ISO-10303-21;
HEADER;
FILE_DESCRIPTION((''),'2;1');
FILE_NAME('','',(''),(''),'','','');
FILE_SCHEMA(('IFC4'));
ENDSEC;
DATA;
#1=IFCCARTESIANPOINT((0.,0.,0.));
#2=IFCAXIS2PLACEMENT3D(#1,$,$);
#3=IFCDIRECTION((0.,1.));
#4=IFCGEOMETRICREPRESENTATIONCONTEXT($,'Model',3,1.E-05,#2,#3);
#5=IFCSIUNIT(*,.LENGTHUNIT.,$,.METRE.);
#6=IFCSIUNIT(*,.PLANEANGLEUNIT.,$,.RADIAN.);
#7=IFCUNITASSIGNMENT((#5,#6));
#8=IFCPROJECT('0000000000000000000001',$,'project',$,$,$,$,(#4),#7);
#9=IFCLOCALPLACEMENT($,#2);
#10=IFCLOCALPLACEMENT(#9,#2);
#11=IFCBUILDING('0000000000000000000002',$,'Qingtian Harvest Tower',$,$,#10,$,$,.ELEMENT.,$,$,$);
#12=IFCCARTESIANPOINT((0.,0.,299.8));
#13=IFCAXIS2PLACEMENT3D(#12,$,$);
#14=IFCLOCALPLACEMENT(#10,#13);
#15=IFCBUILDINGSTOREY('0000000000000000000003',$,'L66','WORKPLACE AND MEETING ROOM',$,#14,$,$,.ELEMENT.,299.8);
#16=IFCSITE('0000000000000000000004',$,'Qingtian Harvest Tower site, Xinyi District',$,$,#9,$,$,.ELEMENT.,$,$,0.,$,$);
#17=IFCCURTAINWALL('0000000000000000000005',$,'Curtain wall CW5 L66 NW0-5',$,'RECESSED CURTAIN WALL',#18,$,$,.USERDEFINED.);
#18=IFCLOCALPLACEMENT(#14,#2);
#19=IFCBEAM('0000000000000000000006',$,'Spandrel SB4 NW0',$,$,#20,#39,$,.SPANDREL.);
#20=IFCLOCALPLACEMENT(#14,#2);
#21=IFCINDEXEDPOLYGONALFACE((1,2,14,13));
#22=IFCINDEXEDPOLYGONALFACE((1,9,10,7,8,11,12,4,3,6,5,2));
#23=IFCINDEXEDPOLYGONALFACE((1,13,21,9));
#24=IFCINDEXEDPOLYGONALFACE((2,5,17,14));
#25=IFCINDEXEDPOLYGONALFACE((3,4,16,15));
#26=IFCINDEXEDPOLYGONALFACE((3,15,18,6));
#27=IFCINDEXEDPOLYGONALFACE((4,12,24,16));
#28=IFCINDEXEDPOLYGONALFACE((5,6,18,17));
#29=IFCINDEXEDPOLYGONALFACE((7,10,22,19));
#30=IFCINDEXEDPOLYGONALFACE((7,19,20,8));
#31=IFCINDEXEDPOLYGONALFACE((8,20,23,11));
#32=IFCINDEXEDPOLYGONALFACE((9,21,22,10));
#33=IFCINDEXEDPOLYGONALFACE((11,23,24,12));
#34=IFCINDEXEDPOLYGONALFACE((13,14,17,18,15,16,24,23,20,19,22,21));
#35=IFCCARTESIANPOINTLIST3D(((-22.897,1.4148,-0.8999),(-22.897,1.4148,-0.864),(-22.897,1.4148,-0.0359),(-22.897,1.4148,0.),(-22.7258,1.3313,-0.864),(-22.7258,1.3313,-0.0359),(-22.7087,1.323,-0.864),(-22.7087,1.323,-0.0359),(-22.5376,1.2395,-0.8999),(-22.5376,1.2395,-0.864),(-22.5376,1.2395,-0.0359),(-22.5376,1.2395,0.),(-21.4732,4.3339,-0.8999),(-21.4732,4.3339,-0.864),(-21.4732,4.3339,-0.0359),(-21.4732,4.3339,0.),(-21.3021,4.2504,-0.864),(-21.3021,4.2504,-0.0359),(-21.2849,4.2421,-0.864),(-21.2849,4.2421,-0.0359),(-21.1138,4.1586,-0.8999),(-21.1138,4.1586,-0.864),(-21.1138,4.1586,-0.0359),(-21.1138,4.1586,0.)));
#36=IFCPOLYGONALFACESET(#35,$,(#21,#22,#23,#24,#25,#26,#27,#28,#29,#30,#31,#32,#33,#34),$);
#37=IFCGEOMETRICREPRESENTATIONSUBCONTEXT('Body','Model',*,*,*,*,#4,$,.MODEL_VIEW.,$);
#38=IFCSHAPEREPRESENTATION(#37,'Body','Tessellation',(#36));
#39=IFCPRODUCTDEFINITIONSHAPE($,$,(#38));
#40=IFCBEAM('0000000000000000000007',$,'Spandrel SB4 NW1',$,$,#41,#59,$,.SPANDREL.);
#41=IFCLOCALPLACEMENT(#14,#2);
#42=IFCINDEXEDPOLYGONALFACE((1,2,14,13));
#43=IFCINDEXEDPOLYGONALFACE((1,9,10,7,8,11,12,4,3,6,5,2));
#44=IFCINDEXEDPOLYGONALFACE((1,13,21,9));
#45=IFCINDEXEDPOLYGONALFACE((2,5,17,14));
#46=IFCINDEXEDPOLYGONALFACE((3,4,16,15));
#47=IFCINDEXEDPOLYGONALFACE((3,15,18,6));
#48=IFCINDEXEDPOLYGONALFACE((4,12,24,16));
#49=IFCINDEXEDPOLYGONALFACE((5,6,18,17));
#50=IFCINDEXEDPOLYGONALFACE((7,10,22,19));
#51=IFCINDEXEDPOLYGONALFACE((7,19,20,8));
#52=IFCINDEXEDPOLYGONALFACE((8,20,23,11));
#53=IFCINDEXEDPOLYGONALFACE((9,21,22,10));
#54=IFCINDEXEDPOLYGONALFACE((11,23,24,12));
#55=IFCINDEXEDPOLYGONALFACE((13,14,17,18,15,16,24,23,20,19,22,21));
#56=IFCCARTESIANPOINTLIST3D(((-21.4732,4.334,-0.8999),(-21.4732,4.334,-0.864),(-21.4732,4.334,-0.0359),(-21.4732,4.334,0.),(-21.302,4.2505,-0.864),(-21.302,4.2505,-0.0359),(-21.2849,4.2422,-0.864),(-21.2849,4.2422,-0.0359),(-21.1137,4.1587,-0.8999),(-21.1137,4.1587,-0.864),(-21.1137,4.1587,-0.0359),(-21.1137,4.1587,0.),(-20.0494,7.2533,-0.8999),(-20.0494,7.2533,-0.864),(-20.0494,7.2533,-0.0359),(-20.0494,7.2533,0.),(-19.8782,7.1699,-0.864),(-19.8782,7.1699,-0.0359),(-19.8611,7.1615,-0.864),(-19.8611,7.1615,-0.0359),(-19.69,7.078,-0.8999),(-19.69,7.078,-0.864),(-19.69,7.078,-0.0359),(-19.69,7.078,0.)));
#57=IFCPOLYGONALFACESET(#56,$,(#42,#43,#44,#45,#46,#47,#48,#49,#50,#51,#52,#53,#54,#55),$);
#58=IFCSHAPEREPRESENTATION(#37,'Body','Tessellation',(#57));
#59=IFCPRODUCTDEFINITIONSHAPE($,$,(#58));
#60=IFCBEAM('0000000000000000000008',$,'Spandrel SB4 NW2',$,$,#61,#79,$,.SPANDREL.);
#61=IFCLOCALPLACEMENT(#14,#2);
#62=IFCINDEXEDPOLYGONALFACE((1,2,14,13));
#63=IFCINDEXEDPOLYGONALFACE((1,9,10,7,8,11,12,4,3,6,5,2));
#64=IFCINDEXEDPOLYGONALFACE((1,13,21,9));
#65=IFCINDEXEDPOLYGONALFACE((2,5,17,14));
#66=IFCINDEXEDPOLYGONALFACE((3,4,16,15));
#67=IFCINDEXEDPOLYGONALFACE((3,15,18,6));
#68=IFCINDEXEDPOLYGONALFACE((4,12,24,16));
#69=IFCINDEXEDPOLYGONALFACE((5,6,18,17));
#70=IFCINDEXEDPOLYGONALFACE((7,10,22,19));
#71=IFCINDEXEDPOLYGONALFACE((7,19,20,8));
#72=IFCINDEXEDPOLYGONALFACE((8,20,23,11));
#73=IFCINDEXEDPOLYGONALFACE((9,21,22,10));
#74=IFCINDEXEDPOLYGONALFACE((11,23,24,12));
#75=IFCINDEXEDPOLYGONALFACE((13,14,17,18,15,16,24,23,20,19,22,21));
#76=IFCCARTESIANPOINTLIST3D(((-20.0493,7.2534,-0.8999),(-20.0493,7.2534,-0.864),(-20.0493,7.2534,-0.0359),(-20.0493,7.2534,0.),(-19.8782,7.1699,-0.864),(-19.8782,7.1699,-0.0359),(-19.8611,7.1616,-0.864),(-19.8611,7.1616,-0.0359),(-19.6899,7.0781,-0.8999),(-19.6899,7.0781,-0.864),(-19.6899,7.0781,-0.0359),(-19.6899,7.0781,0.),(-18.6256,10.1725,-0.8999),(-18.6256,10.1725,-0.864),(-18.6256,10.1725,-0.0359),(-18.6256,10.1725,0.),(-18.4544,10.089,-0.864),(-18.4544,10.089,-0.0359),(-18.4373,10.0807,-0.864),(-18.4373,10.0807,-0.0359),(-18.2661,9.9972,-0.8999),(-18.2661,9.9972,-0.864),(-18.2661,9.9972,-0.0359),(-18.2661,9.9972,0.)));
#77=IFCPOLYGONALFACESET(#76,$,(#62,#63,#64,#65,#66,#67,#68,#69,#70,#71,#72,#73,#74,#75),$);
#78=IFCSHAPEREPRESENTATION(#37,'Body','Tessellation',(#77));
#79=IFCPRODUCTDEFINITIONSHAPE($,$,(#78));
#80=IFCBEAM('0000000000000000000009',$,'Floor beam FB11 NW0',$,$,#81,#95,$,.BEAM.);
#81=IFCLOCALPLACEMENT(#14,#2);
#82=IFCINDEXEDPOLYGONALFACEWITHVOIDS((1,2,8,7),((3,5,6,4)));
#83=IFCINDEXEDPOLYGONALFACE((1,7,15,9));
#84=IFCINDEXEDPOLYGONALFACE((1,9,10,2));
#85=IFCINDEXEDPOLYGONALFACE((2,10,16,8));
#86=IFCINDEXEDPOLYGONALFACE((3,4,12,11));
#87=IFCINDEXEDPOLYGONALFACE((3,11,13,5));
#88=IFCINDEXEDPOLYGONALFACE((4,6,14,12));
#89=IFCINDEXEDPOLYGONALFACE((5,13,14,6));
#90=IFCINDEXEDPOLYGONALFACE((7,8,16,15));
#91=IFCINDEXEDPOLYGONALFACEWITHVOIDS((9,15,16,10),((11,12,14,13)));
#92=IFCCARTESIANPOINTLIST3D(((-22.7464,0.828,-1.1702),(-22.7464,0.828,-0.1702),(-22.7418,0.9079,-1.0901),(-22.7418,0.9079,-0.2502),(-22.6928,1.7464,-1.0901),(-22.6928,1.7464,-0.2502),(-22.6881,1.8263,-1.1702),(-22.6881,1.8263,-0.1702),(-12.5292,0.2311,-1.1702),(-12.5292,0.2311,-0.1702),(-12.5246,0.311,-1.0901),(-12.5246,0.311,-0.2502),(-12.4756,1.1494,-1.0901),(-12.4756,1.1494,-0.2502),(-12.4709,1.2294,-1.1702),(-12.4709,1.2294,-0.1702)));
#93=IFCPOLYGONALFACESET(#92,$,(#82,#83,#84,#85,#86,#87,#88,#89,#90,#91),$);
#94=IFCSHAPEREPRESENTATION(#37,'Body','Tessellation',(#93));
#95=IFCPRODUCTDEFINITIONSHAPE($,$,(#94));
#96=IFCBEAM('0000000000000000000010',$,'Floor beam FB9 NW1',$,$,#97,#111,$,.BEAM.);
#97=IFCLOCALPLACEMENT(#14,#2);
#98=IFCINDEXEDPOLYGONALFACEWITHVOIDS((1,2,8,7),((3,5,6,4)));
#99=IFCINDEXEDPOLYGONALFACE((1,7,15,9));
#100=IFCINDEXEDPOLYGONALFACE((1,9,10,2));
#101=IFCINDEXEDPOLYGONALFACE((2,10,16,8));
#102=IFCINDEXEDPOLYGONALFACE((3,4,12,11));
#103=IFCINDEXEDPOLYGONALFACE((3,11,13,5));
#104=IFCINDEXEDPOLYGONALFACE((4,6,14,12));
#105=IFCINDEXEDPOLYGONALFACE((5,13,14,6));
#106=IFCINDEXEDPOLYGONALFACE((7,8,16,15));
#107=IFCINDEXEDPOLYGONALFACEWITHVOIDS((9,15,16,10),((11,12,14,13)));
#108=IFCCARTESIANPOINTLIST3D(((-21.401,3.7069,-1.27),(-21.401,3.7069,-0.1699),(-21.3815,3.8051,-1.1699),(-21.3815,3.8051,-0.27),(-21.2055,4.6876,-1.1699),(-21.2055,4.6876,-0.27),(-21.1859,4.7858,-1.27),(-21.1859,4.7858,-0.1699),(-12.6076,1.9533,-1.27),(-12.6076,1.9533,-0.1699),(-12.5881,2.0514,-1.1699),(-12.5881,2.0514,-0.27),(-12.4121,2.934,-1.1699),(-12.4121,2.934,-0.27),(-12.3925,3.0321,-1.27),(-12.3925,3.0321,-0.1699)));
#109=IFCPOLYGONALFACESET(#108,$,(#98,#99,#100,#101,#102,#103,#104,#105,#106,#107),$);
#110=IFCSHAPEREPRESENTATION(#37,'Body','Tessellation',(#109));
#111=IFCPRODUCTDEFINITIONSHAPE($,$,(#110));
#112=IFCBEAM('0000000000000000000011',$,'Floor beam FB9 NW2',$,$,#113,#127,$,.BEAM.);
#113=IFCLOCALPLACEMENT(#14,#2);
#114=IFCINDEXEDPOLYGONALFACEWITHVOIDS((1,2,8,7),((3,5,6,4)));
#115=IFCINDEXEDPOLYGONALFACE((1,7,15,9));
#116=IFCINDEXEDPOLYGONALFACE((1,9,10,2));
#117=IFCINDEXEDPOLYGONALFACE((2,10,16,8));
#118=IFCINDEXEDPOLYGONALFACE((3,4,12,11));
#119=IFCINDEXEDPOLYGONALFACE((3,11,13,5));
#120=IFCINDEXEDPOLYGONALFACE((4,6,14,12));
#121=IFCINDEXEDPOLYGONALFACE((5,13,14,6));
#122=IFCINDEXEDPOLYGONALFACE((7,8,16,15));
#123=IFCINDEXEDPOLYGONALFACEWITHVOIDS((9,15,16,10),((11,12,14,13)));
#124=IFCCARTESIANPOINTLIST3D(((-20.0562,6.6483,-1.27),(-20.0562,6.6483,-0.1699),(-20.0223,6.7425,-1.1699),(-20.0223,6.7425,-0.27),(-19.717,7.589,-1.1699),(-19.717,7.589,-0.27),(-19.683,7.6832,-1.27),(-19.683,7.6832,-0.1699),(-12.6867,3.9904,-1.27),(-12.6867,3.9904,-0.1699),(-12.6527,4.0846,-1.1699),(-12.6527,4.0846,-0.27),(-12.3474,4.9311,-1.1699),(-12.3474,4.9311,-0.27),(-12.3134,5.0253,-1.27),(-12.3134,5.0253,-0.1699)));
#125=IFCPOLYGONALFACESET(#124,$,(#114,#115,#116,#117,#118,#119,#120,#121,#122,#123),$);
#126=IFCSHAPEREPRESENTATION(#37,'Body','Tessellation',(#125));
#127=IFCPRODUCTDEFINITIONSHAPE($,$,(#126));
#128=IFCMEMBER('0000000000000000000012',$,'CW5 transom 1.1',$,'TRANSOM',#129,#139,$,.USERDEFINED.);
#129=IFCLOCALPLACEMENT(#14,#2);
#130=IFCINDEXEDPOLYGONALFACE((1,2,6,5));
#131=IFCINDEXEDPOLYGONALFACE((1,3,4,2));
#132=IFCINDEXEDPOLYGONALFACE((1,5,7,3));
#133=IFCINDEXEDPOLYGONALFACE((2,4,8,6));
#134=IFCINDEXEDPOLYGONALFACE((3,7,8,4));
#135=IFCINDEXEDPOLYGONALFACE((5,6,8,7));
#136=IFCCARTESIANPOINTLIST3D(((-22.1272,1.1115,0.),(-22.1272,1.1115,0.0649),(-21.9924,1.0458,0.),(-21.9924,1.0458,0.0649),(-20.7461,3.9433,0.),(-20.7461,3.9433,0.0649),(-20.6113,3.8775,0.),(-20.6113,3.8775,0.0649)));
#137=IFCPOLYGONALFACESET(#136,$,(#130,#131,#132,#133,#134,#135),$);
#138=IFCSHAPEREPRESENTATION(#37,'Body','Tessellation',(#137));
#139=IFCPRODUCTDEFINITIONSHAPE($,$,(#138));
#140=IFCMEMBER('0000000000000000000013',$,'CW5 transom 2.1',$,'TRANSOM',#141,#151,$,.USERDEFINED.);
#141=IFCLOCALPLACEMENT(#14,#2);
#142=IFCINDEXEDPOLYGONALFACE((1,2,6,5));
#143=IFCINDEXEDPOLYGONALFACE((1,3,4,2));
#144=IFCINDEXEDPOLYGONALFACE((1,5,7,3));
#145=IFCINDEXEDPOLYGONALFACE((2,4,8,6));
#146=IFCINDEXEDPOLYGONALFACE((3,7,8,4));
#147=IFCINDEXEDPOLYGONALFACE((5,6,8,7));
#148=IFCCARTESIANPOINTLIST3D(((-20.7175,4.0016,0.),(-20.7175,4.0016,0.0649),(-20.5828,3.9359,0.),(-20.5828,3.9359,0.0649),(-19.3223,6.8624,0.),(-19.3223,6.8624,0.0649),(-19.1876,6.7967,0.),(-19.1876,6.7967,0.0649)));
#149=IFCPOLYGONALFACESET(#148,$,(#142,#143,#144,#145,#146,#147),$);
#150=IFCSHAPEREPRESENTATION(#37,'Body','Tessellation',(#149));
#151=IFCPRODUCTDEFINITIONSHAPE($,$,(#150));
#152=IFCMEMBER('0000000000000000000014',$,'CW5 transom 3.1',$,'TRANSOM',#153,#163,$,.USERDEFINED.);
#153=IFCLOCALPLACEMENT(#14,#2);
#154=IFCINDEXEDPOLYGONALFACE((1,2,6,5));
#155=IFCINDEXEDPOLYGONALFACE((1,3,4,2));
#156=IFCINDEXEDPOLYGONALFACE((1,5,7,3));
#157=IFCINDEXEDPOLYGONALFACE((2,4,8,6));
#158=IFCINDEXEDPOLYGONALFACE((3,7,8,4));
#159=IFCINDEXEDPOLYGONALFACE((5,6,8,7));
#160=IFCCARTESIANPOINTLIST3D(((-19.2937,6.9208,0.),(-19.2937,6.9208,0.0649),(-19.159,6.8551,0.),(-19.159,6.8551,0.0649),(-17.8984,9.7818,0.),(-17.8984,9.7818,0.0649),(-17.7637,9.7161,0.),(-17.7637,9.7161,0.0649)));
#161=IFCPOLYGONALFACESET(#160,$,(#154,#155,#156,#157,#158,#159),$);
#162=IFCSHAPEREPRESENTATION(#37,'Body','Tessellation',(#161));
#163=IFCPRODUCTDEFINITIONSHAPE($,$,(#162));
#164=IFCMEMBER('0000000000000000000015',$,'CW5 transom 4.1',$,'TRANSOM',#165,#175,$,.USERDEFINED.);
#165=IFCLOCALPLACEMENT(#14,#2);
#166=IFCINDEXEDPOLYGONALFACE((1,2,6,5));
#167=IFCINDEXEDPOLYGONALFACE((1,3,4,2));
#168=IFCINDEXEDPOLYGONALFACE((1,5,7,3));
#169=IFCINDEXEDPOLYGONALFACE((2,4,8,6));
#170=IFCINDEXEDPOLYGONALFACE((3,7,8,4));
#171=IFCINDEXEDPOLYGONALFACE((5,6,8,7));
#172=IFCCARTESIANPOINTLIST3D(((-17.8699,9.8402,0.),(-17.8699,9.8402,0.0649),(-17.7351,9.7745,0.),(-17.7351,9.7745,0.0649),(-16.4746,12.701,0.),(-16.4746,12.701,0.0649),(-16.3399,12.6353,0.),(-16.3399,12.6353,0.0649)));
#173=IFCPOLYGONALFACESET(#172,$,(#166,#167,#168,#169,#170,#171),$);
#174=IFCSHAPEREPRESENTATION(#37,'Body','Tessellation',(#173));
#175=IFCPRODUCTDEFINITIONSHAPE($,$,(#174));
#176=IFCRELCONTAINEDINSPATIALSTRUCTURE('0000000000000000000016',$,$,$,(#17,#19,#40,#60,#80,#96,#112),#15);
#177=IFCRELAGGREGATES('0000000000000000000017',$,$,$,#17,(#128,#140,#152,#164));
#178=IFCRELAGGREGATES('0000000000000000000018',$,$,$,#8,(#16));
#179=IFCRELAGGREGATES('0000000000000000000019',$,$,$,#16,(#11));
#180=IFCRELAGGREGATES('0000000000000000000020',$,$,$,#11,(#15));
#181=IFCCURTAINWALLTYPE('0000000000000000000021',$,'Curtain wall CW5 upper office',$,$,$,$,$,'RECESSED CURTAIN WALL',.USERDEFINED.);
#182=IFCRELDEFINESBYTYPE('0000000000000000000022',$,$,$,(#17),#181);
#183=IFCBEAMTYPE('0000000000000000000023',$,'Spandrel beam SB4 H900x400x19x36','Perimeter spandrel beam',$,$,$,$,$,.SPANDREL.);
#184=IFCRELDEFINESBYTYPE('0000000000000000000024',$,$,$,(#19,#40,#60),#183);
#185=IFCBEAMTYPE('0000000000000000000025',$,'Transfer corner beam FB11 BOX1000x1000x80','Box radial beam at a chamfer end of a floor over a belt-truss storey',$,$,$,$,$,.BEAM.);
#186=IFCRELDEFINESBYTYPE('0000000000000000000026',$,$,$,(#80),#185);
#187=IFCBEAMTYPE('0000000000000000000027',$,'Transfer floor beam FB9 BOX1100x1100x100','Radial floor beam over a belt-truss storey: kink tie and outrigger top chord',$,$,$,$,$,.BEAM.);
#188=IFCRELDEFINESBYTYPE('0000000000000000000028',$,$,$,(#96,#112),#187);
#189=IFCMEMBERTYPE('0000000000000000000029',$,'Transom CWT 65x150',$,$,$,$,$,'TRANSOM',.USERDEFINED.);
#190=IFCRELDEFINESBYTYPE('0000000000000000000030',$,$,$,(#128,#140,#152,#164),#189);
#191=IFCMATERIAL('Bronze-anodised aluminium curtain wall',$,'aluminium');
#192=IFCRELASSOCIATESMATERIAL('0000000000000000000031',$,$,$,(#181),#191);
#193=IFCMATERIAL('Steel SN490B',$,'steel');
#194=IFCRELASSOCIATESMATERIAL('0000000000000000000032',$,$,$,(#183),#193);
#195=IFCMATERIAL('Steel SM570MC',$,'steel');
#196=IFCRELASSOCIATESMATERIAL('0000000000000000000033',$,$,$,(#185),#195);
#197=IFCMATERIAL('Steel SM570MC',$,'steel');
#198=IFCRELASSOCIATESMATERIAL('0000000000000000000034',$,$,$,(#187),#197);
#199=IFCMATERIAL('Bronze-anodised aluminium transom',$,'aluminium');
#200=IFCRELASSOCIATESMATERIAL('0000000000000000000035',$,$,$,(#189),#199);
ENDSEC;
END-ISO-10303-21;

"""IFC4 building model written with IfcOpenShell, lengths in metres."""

from ifc_helpers import new_model, si_unit, direction, frame, origin, origin_2d, place, context, subcontext, project, spatial, rectangle, hollow_rectangle, i_section, extrude, material, material_profile, profile_set, type_object, element, aggregate, save


model = new_model("IFC4")

# Units and contexts
model_context = context("Model", 3, precision=1e-05, world=origin(), true_north=direction((0.0, 1.0)))
body_context = subcontext(model_context, "Body", "Model", "MODEL_VIEW")
ifc_project = project(units=[si_unit("LENGTHUNIT", "METRE"), si_unit("PLANEANGLEUNIT", "RADIAN")], contexts=[model_context])

# Site, building, storey
site_placement = place(None, origin())
site = spatial("IfcSite", under=ifc_project, at=site_placement, Name="Qingtian Harvest Tower site, Xinyi District", CompositionType="ELEMENT", RefElevation=0.0)
building_placement = place(site_placement, origin())
building = spatial("IfcBuilding", under=site, at=building_placement, Name="Qingtian Harvest Tower", CompositionType="ELEMENT")
storey_placement = place(building_placement, frame((0.0, 0.0, 299.8)))
storey = spatial("IfcBuildingStorey", under=building, at=storey_placement, Name="L66", Description="WORKPLACE AND MEETING ROOM", CompositionType="ELEMENT", Elevation=299.8)

# Shared definitions
ifc_material_1 = material(Name="Bronze-anodised aluminium curtain wall", Category="aluminium")
curtain_wall_type = type_object("IfcCurtainWallType", Name="Curtain wall CW5 upper office", ElementType="RECESSED CURTAIN WALL", PredefinedType="USERDEFINED", material=ifc_material_1)

# Curtain wall
curtain_wall_1_placement = place(storey_placement, origin())
curtain_wall_1 = element("IfcCurtainWall", 1, at=curtain_wall_1_placement, inside=storey, type_object=curtain_wall_type, Name="Curtain wall CW5 L66 NW0-5", ObjectType="RECESSED CURTAIN WALL", PredefinedType="USERDEFINED")

# Beams
ifc_material_2 = material(Name="Steel SN490B", Category="steel")
ifc_material_profile_1 = material_profile(ifc_material_2, i_section(OverallWidth=0.3999, OverallDepth=0.8999, WebThickness=0.019, FlangeThickness=0.0359, at=origin_2d()), Name="H900x400x19x36")
ifc_profile_set_1 = profile_set([ifc_material_profile_1], Name="Steel SN490B")
beam_type_1 = type_object("IfcBeamType", Name="Spandrel beam SB4 H900x400x19x36", Description="Perimeter spandrel beam", PredefinedType="SPANDREL", material=ifc_profile_set_1)
beam_1_placement = place(storey_placement, frame((-22.7173, 1.3271, -0.45), z_axis=(0.438382, 0.898789, 0.0), x_axis=(-0.898789, 0.438382, 0.0)))
element("IfcBeam", 2, at=beam_1_placement, inside=storey, type_object=beam_type_1, Name="Spandrel SB4 NW0", PredefinedType="SPANDREL", context=body_context, shape_type="SweptSolid", body=[
    extrude(i_section(OverallWidth=0.3999, OverallDepth=0.8999, WebThickness=0.019, FlangeThickness=0.0359, at=origin_2d()), origin(), (0.0, 0.0, 1.0), 3.2478),
])
beam_2_placement = place(storey_placement, frame((-21.2935, 4.2463, -0.45), z_axis=(0.438353, 0.898803, 0.0), x_axis=(-0.898803, 0.438353, 0.0)))
element("IfcBeam", 3, at=beam_2_placement, inside=storey, type_object=beam_type_1, Name="Spandrel SB4 NW1", PredefinedType="SPANDREL", context=body_context, shape_type="SweptSolid", body=[
    extrude(i_section(OverallWidth=0.3999, OverallDepth=0.8999, WebThickness=0.019, FlangeThickness=0.0359, at=origin_2d()), origin(), (0.0, 0.0, 1.0), 3.248),
])
beam_3_placement = place(storey_placement, frame((-19.8696, 7.1658, -0.45), z_axis=(0.438382, 0.898789, 0.0), x_axis=(-0.898789, 0.438382, 0.0)))
element("IfcBeam", 4, at=beam_3_placement, inside=storey, type_object=beam_type_1, Name="Spandrel SB4 NW2", PredefinedType="SPANDREL", context=body_context, shape_type="SweptSolid", body=[
    extrude(i_section(OverallWidth=0.3999, OverallDepth=0.8999, WebThickness=0.019, FlangeThickness=0.0359, at=origin_2d()), origin(), (0.0, 0.0, 1.0), 3.2478),
])
ifc_material_3 = material(Name="Steel SM570MC", Category="steel")
ifc_material_profile_2 = material_profile(ifc_material_3, hollow_rectangle(XDim=1.0, YDim=1.0, WallThickness=0.0801, at=origin_2d()), Name="BOX1000x1000x80")
ifc_profile_set_2 = profile_set([ifc_material_profile_2], Name="Steel SM570MC")
beam_type_2 = type_object("IfcBeamType", Name="Transfer corner beam FB11 BOX1000x1000x80", Description="Box radial beam at a chamfer end of a floor over a belt-truss storey", PredefinedType="BEAM", material=ifc_profile_set_2)
beam_4_placement = place(storey_placement, frame((-22.7173, 1.3271, -0.6702), z_axis=(0.998298, -0.058323, 0.0), x_axis=(0.058323, 0.998298, 0.0)))
element("IfcBeam", 5, at=beam_4_placement, inside=storey, type_object=beam_type_2, Name="Floor beam FB11 NW0", PredefinedType="BEAM", context=body_context, shape_type="SweptSolid", body=[
    extrude(hollow_rectangle(XDim=1.0, YDim=1.0, WallThickness=0.0801, at=origin_2d()), origin(), (0.0, 0.0, 1.0), 10.2346),
])
ifc_material_4 = material(Name="Steel SM570MC", Category="steel")
ifc_material_profile_3 = material_profile(ifc_material_4, hollow_rectangle(XDim=1.1001, YDim=1.1001, WallThickness=0.1001, at=origin_2d()), Name="BOX1100x1100x100")
ifc_profile_set_3 = profile_set([ifc_material_profile_3], Name="Steel SM570MC")
beam_type_3 = type_object("IfcBeamType", Name="Transfer floor beam FB9 BOX1100x1100x100", Description="Radial floor beam over a belt-truss storey: kink tie and outrigger top chord", PredefinedType="BEAM", material=ifc_profile_set_3)
beam_5_placement = place(storey_placement, frame((-21.2935, 4.2463, -0.72), z_axis=(0.980688, -0.195577, 0.0), x_axis=(0.195577, 0.980688, 0.0)))
element("IfcBeam", 6, at=beam_5_placement, inside=storey, type_object=beam_type_3, Name="Floor beam FB9 NW1", PredefinedType="BEAM", context=body_context, shape_type="SweptSolid", body=[
    extrude(hollow_rectangle(XDim=1.1001, YDim=1.1001, WallThickness=0.1001, at=origin_2d()), origin(), (0.0, 0.0, 1.0), 8.9666),
])
beam_6_placement = place(storey_placement, frame((-19.8696, 7.1658, -0.72), z_axis=(0.940688, -0.339272, 0.0), x_axis=(0.339272, 0.940688, 0.0)))
element("IfcBeam", 7, at=beam_6_placement, inside=storey, type_object=beam_type_3, Name="Floor beam FB9 NW2", PredefinedType="BEAM", context=body_context, shape_type="SweptSolid", body=[
    extrude(hollow_rectangle(XDim=1.1001, YDim=1.1001, WallThickness=0.1001, at=origin_2d()), origin(), (0.0, 0.0, 1.0), 7.8342),
])

# Members
ifc_material_5 = material(Name="Bronze-anodised aluminium transom", Category="aluminium")
ifc_material_profile_4 = material_profile(ifc_material_5, rectangle(XDim=0.1499, YDim=0.0649, at=origin_2d()), Name="AL 65x150")
ifc_profile_set_4 = profile_set([ifc_material_profile_4], Name="Bronze-anodised aluminium transom")
member_type_1 = type_object("IfcMemberType", Name="Transom CWT 65x150", ElementType="TRANSOM", PredefinedType="USERDEFINED", material=ifc_profile_set_4)
member_1_placement = place(storey_placement, frame((-22.0598, 1.0786, 0.0325), z_axis=(0.438358, 0.8988, 0.0), x_axis=(-0.8988, 0.438358, 0.0)))
member_1 = element("IfcMember", 8, at=member_1_placement, type_object=member_type_1, Name="CW5 transom 1.1", ObjectType="TRANSOM", PredefinedType="USERDEFINED", context=body_context, shape_type="SweptSolid", body=[
    extrude(rectangle(XDim=0.1499, YDim=0.0649, at=origin_2d()), origin(), (0.0, 0.0, 1.0), 3.1506),
])
member_2_placement = place(storey_placement, frame((-20.6501, 3.9688, 0.0325), z_axis=(0.438356, 0.898802, 0.0), x_axis=(-0.898802, 0.438356, 0.0)))
member_2 = element("IfcMember", 9, at=member_2_placement, type_object=member_type_1, Name="CW5 transom 2.1", ObjectType="TRANSOM", PredefinedType="USERDEFINED", context=body_context, shape_type="SweptSolid", body=[
    extrude(rectangle(XDim=0.1499, YDim=0.0649, at=origin_2d()), origin(), (0.0, 0.0, 1.0), 3.1829),
])
member_3_placement = place(storey_placement, frame((-19.2263, 6.8879, 0.0325), z_axis=(0.438325, 0.898816, 0.0), x_axis=(-0.898816, 0.438325, 0.0)))
member_3 = element("IfcMember", 10, at=member_3_placement, type_object=member_type_1, Name="CW5 transom 3.1", ObjectType="TRANSOM", PredefinedType="USERDEFINED", context=body_context, shape_type="SweptSolid", body=[
    extrude(rectangle(XDim=0.1499, YDim=0.0649, at=origin_2d()), origin(), (0.0, 0.0, 1.0), 3.1831),
])
member_4_placement = place(storey_placement, frame((-17.8025, 9.8074, 0.0325), z_axis=(0.438356, 0.898802, 0.0), x_axis=(-0.898802, 0.438356, 0.0)))
member_4 = element("IfcMember", 11, at=member_4_placement, type_object=member_type_1, Name="CW5 transom 4.1", ObjectType="TRANSOM", PredefinedType="USERDEFINED", context=body_context, shape_type="SweptSolid", body=[
    extrude(rectangle(XDim=0.1499, YDim=0.0649, at=origin_2d()), origin(), (0.0, 0.0, 1.0), 3.1829),
])

aggregate(curtain_wall_1, [member_1, member_2, member_3, member_4])

save(model, "model.ifc")
